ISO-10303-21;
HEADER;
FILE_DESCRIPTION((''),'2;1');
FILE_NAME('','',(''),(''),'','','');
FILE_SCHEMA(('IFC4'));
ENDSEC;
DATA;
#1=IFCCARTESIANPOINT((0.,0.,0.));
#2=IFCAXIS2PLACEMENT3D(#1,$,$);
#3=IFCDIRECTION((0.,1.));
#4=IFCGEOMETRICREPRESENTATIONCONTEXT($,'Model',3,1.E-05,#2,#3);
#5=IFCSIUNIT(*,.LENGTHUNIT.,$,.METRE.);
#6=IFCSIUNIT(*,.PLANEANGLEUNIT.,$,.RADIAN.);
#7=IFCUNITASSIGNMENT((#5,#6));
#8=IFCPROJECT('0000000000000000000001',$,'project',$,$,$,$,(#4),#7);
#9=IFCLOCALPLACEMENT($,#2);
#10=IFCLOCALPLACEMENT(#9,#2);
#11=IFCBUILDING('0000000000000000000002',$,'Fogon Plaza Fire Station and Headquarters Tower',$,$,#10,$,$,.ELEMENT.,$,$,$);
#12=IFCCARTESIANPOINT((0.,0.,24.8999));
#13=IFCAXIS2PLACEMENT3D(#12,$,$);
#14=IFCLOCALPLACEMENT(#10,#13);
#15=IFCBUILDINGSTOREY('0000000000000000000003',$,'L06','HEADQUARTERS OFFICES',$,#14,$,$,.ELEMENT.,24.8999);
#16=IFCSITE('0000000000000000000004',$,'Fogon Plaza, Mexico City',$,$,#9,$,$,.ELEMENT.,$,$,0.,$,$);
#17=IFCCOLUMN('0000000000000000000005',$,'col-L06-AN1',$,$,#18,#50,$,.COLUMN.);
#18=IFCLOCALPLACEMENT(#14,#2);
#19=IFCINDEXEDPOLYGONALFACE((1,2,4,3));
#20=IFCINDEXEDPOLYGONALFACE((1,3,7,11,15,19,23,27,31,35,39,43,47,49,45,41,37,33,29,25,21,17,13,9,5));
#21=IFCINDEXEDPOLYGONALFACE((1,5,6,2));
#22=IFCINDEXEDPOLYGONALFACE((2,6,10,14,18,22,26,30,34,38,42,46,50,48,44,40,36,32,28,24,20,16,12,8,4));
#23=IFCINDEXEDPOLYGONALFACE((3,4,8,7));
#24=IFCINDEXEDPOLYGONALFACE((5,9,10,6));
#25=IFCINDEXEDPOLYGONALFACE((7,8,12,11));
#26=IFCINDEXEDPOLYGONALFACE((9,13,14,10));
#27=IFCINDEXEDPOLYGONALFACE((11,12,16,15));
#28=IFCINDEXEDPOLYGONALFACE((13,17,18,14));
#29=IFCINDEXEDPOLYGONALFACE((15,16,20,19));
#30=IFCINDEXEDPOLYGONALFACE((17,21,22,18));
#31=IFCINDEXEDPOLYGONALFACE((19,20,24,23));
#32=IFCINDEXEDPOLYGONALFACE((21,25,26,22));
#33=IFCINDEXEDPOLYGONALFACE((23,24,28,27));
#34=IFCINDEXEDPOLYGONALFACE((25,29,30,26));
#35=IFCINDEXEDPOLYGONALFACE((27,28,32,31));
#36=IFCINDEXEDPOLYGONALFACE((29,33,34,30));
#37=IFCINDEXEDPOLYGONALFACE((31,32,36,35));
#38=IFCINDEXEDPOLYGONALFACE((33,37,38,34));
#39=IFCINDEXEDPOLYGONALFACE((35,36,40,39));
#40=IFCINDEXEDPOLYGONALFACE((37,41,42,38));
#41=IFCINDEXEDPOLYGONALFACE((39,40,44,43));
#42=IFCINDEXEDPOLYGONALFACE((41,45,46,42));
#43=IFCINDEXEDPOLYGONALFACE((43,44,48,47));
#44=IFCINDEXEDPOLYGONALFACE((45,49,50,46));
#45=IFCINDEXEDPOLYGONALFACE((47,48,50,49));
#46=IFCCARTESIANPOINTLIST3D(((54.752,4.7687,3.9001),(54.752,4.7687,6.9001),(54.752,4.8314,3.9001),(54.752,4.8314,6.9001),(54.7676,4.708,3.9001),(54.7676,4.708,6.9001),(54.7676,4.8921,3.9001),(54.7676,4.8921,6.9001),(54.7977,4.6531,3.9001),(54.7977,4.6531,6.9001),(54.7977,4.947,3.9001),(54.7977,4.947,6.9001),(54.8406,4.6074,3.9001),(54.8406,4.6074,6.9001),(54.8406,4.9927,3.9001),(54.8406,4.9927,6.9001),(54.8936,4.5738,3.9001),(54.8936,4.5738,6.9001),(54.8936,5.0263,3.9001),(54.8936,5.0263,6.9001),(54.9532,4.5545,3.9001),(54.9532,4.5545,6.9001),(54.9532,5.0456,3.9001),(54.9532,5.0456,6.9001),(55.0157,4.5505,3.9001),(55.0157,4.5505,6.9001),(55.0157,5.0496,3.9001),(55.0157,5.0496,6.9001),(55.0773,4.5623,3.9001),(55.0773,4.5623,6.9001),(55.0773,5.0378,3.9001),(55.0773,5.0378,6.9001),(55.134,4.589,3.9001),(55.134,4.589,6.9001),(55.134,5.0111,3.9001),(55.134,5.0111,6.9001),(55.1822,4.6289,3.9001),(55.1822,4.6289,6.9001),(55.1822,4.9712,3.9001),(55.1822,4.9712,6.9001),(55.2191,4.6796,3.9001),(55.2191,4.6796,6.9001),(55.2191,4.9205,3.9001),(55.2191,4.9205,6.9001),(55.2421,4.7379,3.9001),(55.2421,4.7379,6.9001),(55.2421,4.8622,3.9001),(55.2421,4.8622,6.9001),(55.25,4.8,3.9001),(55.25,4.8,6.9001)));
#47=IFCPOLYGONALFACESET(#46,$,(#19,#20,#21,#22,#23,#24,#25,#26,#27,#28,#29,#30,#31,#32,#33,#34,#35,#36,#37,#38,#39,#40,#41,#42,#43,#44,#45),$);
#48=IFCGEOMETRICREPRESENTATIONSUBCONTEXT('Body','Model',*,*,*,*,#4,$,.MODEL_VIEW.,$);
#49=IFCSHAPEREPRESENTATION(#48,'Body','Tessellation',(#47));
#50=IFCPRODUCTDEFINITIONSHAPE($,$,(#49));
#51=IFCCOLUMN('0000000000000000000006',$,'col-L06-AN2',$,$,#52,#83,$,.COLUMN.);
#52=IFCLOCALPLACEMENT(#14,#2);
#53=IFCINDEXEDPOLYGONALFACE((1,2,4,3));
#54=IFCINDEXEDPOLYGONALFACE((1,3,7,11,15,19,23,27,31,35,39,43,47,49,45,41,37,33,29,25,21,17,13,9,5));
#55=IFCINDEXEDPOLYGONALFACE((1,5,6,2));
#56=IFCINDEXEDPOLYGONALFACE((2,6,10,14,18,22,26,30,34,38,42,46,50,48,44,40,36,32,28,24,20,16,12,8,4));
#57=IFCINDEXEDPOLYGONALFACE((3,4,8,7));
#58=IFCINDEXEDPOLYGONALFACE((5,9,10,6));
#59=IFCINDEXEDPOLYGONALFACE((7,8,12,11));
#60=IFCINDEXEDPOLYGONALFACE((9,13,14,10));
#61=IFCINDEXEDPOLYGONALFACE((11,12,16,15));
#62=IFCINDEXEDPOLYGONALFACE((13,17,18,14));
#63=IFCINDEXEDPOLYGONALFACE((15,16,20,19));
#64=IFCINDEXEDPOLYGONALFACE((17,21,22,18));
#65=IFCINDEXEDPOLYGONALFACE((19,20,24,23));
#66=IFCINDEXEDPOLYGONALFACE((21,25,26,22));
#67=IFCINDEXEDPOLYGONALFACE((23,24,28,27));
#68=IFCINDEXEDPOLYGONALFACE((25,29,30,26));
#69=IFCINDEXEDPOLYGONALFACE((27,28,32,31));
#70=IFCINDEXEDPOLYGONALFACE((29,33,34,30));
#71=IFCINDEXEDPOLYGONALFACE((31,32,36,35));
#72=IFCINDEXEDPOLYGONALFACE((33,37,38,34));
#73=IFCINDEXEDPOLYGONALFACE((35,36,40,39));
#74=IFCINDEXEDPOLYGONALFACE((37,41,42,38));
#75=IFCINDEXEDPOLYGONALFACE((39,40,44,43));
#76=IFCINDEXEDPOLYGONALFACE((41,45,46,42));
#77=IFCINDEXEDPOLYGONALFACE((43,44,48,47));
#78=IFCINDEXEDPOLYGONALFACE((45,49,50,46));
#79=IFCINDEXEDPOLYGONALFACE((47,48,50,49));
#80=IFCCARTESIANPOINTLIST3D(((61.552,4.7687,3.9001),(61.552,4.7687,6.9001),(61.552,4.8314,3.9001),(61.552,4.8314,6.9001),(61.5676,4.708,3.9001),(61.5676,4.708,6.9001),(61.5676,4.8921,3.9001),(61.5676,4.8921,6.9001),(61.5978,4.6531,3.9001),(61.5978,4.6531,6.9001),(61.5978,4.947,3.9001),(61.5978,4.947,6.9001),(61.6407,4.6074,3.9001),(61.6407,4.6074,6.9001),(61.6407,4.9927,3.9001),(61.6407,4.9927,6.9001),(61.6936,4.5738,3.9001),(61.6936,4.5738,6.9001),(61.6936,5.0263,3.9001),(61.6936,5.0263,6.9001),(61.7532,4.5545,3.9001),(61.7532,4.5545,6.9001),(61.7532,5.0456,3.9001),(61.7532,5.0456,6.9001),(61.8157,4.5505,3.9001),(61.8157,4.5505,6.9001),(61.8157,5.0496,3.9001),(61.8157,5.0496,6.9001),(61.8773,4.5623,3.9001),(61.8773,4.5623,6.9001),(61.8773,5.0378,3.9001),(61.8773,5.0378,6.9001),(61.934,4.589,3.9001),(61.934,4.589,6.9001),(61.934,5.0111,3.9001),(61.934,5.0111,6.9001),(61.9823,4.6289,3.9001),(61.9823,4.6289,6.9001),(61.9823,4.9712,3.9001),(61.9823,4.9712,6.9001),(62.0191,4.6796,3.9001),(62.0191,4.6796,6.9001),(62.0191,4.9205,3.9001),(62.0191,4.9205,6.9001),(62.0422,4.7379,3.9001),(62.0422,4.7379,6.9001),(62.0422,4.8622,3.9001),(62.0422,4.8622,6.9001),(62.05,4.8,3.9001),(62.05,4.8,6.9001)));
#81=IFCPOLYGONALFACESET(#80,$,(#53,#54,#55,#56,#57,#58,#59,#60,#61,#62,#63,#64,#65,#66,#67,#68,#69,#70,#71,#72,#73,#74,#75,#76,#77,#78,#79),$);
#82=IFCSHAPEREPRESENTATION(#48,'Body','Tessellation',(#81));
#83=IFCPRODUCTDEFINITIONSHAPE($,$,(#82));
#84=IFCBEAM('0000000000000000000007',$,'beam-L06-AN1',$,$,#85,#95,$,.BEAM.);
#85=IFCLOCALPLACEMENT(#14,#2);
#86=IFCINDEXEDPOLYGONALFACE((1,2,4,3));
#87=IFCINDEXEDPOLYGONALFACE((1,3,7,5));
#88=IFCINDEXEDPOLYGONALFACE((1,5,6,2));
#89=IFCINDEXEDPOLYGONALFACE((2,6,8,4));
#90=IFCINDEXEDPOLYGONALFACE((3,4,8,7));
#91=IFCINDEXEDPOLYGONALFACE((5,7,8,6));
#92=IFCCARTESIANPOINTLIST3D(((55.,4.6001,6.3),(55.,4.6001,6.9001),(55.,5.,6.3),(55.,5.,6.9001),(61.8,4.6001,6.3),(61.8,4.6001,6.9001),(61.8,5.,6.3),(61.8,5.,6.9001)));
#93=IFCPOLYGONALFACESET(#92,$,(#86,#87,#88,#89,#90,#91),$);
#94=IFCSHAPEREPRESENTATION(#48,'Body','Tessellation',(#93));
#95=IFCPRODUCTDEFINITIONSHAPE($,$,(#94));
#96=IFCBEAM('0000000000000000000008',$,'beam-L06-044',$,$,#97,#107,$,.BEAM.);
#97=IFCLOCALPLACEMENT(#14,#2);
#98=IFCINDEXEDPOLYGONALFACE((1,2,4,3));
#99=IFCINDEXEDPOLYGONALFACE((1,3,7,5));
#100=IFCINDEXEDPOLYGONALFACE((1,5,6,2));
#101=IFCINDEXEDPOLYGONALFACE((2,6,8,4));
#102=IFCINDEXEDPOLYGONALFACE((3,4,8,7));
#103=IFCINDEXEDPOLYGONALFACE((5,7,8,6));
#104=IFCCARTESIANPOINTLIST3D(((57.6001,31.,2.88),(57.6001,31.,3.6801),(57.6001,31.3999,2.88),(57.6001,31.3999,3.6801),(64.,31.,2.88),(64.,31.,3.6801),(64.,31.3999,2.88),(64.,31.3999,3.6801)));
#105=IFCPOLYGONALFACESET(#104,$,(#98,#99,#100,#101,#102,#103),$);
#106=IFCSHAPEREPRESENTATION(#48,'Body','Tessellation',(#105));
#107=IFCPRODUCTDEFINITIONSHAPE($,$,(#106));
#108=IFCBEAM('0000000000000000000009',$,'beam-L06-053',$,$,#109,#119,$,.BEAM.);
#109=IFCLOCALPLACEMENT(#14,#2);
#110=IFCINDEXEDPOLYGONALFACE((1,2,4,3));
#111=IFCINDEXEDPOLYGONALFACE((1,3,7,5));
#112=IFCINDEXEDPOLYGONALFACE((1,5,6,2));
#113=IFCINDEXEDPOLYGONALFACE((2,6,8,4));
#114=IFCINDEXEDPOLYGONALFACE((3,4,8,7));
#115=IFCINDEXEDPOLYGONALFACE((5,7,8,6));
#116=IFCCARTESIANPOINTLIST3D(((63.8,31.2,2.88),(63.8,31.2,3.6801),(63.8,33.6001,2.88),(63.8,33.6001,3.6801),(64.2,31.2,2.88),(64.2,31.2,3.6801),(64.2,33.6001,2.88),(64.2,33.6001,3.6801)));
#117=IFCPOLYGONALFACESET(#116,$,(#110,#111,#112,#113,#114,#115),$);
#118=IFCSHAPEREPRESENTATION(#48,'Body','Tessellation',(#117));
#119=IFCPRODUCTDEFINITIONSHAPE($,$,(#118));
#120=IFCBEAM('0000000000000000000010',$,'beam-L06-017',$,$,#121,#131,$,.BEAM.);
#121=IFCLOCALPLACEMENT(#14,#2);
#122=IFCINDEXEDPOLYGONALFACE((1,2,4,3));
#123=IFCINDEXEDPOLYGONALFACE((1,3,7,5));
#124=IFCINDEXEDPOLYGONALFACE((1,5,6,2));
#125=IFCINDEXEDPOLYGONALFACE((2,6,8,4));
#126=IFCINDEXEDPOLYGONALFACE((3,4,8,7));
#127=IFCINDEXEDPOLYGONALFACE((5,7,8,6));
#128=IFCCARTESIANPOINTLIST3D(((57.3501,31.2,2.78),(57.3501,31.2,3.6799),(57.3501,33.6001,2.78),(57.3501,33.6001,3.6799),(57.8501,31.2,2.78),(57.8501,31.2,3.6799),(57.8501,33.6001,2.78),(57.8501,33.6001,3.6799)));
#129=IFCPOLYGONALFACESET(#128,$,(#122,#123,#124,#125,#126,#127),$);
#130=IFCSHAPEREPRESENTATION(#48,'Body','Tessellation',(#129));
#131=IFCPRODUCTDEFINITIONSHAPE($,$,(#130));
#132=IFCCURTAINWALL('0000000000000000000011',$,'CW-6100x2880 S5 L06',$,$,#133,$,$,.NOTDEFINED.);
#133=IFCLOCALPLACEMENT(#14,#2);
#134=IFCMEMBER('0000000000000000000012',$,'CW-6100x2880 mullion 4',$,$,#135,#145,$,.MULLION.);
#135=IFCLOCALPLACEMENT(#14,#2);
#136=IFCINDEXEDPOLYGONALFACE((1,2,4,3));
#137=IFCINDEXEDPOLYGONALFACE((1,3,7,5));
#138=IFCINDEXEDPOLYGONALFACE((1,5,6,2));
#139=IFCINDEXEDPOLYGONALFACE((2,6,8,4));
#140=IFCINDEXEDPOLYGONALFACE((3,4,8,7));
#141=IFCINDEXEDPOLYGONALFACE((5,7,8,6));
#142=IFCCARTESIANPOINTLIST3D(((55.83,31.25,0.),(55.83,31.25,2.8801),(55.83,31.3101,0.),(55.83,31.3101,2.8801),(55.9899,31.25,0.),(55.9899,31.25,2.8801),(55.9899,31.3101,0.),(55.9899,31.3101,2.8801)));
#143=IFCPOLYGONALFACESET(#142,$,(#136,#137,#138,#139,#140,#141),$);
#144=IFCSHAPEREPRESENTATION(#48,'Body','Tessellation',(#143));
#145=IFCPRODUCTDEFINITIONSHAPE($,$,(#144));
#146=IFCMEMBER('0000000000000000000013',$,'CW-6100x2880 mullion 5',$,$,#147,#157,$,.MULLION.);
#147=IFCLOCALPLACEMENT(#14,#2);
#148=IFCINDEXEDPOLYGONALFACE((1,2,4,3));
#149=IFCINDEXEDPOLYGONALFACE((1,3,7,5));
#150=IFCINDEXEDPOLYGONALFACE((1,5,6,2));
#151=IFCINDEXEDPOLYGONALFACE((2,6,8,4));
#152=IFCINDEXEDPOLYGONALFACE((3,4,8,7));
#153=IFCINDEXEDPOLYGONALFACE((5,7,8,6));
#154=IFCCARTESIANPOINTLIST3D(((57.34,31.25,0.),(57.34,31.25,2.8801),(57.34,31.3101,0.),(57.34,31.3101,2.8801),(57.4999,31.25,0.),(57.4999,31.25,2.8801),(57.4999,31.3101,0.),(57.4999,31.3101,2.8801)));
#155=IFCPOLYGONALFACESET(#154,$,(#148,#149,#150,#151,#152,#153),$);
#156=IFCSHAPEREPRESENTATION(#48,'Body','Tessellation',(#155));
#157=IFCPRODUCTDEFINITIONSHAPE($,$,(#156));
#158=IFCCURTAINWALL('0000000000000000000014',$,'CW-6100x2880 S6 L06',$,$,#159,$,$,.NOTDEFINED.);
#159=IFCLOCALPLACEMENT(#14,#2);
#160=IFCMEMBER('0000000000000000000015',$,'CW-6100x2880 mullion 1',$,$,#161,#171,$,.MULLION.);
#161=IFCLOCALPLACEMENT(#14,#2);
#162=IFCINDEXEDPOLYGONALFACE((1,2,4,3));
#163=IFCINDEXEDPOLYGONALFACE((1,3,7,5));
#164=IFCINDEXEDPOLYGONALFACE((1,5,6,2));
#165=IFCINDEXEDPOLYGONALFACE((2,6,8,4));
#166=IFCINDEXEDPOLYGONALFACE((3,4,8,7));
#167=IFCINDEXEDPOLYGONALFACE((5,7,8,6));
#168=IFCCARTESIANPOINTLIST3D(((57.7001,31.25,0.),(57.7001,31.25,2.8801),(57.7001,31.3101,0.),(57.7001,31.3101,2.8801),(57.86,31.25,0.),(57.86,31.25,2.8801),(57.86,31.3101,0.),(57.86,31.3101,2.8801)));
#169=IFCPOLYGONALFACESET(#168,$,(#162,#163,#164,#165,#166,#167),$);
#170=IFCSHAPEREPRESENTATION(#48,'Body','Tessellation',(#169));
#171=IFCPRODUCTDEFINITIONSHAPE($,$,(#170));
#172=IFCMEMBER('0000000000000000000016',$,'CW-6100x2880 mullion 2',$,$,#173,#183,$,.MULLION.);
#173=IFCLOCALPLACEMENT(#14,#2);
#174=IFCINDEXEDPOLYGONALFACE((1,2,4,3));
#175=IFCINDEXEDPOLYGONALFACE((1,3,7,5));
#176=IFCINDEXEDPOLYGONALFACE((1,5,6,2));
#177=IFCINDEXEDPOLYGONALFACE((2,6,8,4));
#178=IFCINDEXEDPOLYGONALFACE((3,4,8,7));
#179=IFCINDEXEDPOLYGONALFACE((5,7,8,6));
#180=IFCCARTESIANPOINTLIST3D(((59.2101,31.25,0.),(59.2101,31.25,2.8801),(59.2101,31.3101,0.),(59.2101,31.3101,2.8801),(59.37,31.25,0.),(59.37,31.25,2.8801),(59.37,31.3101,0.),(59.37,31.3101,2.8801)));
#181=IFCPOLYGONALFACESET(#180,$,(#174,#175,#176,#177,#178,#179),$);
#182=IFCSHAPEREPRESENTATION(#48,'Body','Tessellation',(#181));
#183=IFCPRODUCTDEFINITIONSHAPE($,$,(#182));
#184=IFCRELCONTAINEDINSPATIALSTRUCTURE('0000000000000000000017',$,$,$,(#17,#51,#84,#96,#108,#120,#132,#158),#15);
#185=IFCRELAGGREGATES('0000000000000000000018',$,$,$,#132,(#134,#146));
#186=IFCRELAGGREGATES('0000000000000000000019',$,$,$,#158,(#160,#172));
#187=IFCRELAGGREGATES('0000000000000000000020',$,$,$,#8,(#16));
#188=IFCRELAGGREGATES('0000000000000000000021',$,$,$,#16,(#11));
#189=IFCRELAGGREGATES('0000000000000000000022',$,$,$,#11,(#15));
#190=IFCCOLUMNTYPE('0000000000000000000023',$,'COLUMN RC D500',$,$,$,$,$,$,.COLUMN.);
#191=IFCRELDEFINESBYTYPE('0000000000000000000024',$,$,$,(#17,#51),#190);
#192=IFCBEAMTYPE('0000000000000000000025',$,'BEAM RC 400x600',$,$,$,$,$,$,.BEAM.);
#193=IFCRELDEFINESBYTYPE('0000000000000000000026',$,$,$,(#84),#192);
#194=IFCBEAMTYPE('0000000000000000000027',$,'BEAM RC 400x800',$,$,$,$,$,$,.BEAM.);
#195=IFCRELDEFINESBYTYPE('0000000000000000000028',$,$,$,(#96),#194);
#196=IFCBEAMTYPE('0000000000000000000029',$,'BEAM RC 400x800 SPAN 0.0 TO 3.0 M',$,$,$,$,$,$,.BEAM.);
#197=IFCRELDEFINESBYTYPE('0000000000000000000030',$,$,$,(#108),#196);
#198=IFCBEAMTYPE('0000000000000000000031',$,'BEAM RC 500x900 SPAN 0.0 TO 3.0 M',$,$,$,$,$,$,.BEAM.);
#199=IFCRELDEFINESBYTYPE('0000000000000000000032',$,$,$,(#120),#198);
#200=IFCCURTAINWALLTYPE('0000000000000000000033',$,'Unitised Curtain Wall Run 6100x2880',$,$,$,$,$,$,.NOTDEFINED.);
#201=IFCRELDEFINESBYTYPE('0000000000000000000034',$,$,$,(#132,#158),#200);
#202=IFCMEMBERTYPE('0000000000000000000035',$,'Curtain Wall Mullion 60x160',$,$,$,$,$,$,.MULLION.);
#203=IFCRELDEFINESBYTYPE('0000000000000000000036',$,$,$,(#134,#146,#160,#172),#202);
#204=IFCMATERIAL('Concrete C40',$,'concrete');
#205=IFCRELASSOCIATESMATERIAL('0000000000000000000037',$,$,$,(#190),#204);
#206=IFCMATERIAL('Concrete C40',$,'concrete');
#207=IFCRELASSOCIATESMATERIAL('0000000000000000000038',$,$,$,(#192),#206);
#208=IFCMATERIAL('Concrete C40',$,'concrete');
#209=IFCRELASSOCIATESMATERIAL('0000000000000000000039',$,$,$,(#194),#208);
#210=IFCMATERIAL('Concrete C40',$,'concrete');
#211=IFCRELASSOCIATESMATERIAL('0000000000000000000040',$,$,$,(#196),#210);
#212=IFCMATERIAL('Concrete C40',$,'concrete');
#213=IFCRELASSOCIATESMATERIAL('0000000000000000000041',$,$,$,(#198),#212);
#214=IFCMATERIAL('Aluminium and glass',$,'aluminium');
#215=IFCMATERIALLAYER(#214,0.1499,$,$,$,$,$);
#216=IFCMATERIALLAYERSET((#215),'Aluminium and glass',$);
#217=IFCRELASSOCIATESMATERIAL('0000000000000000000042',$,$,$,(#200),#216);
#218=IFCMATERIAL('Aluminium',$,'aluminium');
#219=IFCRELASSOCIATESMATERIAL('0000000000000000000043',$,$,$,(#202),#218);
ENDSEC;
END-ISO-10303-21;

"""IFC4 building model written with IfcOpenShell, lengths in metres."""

from ifc_helpers import new_model, si_unit, direction, frame, origin, origin_2d, place, context, subcontext, project, spatial, rectangle, circle, extrude, material, layer, layer_set, material_profile, profile_set, type_object, element, aggregate, save


model = new_model("IFC4")

# Units and contexts
model_context = context("Model", 3, precision=1e-05, world=origin(), true_north=direction((0.0, 1.0)))
body_context = subcontext(model_context, "Body", "Model", "MODEL_VIEW")
ifc_project = project(units=[si_unit("LENGTHUNIT", "METRE"), si_unit("PLANEANGLEUNIT", "RADIAN")], contexts=[model_context])

# Site, building, storey
site_placement = place(None, origin())
site = spatial("IfcSite", under=ifc_project, at=site_placement, Name="Fogon Plaza, Mexico City", CompositionType="ELEMENT", RefElevation=0.0)
building_placement = place(site_placement, origin())
building = spatial("IfcBuilding", under=site, at=building_placement, Name="Fogon Plaza Fire Station and Headquarters Tower", CompositionType="ELEMENT")
storey_placement = place(building_placement, frame((0.0, 0.0, 24.8999)))
storey = spatial("IfcBuildingStorey", under=building, at=storey_placement, Name="L06", Description="HEADQUARTERS OFFICES", CompositionType="ELEMENT", Elevation=24.8999)

# Columns
ifc_material_1 = material(Name="Concrete C40", Category="concrete")
ifc_material_profile_1 = material_profile(ifc_material_1, circle(Radius=0.25, at=origin_2d()), Name="RC D500")
ifc_profile_set_1 = profile_set([ifc_material_profile_1], Name="Concrete C40")
column_type = type_object("IfcColumnType", Name="COLUMN RC D500", PredefinedType="COLUMN", material=ifc_profile_set_1)
for number, where, z_axis, x_axis, name in (
    (1, (55.0, 4.8, 3.9001), (0.0, 0.0, 1.0), (1.0, 0.0, 0.0), "col-L06-AN1"),
    (2, (61.8, 4.8, 3.9001), (0.0, 0.0, 1.0), (1.0, 0.0, 0.0), "col-L06-AN2"),
):
    element("IfcColumn", number, at=place(storey_placement, frame(where, z_axis=z_axis, x_axis=x_axis)), inside=storey, type_object=column_type, Name=name, PredefinedType="COLUMN", context=body_context, shape_type="SweptSolid", body=[
        extrude(circle(Radius=0.25, at=origin_2d()), origin(), (0.0, 0.0, 1.0), 3.0),
    ])

# Beams
ifc_material_2 = material(Name="Concrete C40", Category="concrete")
ifc_material_profile_2 = material_profile(ifc_material_2, rectangle(XDim=0.3999, YDim=0.6001, at=origin_2d()), Name="RC 400x600")
ifc_profile_set_2 = profile_set([ifc_material_profile_2], Name="Concrete C40")
beam_type_1 = type_object("IfcBeamType", Name="BEAM RC 400x600", PredefinedType="BEAM", material=ifc_profile_set_2)
beam_1_placement = place(storey_placement, frame((55.0, 4.8, 6.6001), z_axis=(1.0, 0.0, 0.0), x_axis=(0.0, 1.0, 0.0)))
element("IfcBeam", 3, at=beam_1_placement, inside=storey, type_object=beam_type_1, Name="beam-L06-AN1", PredefinedType="BEAM", context=body_context, shape_type="SweptSolid", body=[
    extrude(rectangle(XDim=0.3999, YDim=0.6001, at=origin_2d()), origin(), (0.0, 0.0, 1.0), 6.8),
])
ifc_material_3 = material(Name="Concrete C40", Category="concrete")
ifc_material_profile_3 = material_profile(ifc_material_3, rectangle(XDim=0.3999, YDim=0.8, at=origin_2d()), Name="RC 400x800")
ifc_profile_set_3 = profile_set([ifc_material_profile_3], Name="Concrete C40")
beam_type_2 = type_object("IfcBeamType", Name="BEAM RC 400x800", PredefinedType="BEAM", material=ifc_profile_set_3)
beam_2_placement = place(storey_placement, frame((57.6001, 31.2, 3.28), z_axis=(1.0, 0.0, 0.0), x_axis=(0.0, 1.0, 0.0)))
element("IfcBeam", 4, at=beam_2_placement, inside=storey, type_object=beam_type_2, Name="beam-L06-044", PredefinedType="BEAM", context=body_context, shape_type="SweptSolid", body=[
    extrude(rectangle(XDim=0.3999, YDim=0.8, at=origin_2d()), origin(), (0.0, 0.0, 1.0), 6.3999),
])
ifc_material_4 = material(Name="Concrete C40", Category="concrete")
ifc_material_profile_4 = material_profile(ifc_material_4, rectangle(XDim=0.3999, YDim=0.8, at=origin_2d()), Name="RC 400x800")
ifc_profile_set_4 = profile_set([ifc_material_profile_4], Name="Concrete C40")
beam_type_3 = type_object("IfcBeamType", Name="BEAM RC 400x800 SPAN 0.0 TO 3.0 M", PredefinedType="BEAM", material=ifc_profile_set_4)
beam_3_placement = place(storey_placement, frame((64.0, 31.2, 3.28), z_axis=(0.0, 1.0, 0.0), x_axis=(-1.0, 0.0, 0.0)))
element("IfcBeam", 5, at=beam_3_placement, inside=storey, type_object=beam_type_3, Name="beam-L06-053", PredefinedType="BEAM", context=body_context, shape_type="SweptSolid", body=[
    extrude(rectangle(XDim=0.3999, YDim=0.8, at=origin_2d()), origin(), (0.0, 0.0, 1.0), 2.4001),
])
ifc_material_5 = material(Name="Concrete C40", Category="concrete")
ifc_material_profile_5 = material_profile(ifc_material_5, rectangle(XDim=0.5, YDim=0.8999, at=origin_2d()), Name="RC 500x900")
ifc_profile_set_5 = profile_set([ifc_material_profile_5], Name="Concrete C40")
beam_type_4 = type_object("IfcBeamType", Name="BEAM RC 500x900 SPAN 0.0 TO 3.0 M", PredefinedType="BEAM", material=ifc_profile_set_5)
beam_4_placement = place(storey_placement, frame((57.6001, 31.2, 3.23), z_axis=(0.0, 1.0, 0.0), x_axis=(-1.0, 0.0, 0.0)))
element("IfcBeam", 6, at=beam_4_placement, inside=storey, type_object=beam_type_4, Name="beam-L06-017", PredefinedType="BEAM", context=body_context, shape_type="SweptSolid", body=[
    extrude(rectangle(XDim=0.5, YDim=0.8999, at=origin_2d()), origin(), (0.0, 0.0, 1.0), 2.4001),
])

# Curtain walls, members
ifc_material_6 = material(Name="Aluminium and glass", Category="aluminium")
ifc_layer_1 = layer(ifc_material_6, 0.1499)
ifc_layer_set_1 = layer_set([ifc_layer_1], Name="Aluminium and glass")
curtain_wall_type = type_object("IfcCurtainWallType", Name="Unitised Curtain Wall Run 6100x2880", PredefinedType="NOTDEFINED", material=ifc_layer_set_1)
curtain_wall_1_placement = place(storey_placement, origin())
curtain_wall_1 = element("IfcCurtainWall", 7, at=curtain_wall_1_placement, inside=storey, type_object=curtain_wall_type, Name="CW-6100x2880 S5 L06", PredefinedType="NOTDEFINED")
ifc_material_7 = material(Name="Aluminium", Category="aluminium")
ifc_material_profile_6 = material_profile(ifc_material_7, rectangle(XDim=0.0601, YDim=0.1599, at=origin_2d()), Name="Curtain Wall Mullion 60x160")
ifc_profile_set_6 = profile_set([ifc_material_profile_6], Name="Aluminium")
member_type_1 = type_object("IfcMemberType", Name="Curtain Wall Mullion 60x160", PredefinedType="MULLION", material=ifc_profile_set_6)
member_1_placement = place(storey_placement, frame((55.9099, 31.28, 0.0), z_axis=(0.0, 0.0, 1.0), x_axis=(0.0, 1.0, 0.0)))
member_1 = element("IfcMember", 8, at=member_1_placement, type_object=member_type_1, Name="CW-6100x2880 mullion 4", PredefinedType="MULLION", context=body_context, shape_type="SweptSolid", body=[
    extrude(rectangle(XDim=0.0601, YDim=0.1599, at=origin_2d()), origin(), (0.0, 0.0, 1.0), 2.8801),
])
member_2_placement = place(storey_placement, frame((57.4199, 31.28, 0.0), z_axis=(0.0, 0.0, 1.0), x_axis=(0.0, 1.0, 0.0)))
member_2 = element("IfcMember", 9, at=member_2_placement, type_object=member_type_1, Name="CW-6100x2880 mullion 5", PredefinedType="MULLION", context=body_context, shape_type="SweptSolid", body=[
    extrude(rectangle(XDim=0.0601, YDim=0.1599, at=origin_2d()), origin(), (0.0, 0.0, 1.0), 2.8801),
])
curtain_wall_2_placement = place(storey_placement, origin())
curtain_wall_2 = element("IfcCurtainWall", 10, at=curtain_wall_2_placement, inside=storey, type_object=curtain_wall_type, Name="CW-6100x2880 S6 L06", PredefinedType="NOTDEFINED")
member_3_placement = place(storey_placement, frame((57.78, 31.28, 0.0), z_axis=(0.0, 0.0, 1.0), x_axis=(0.0, 1.0, 0.0)))
member_3 = element("IfcMember", 11, at=member_3_placement, type_object=member_type_1, Name="CW-6100x2880 mullion 1", PredefinedType="MULLION", context=body_context, shape_type="SweptSolid", body=[
    extrude(rectangle(XDim=0.0601, YDim=0.1599, at=origin_2d()), origin(), (0.0, 0.0, 1.0), 2.8801),
])
member_4_placement = place(storey_placement, frame((59.29, 31.28, 0.0), z_axis=(0.0, 0.0, 1.0), x_axis=(0.0, 1.0, 0.0)))
member_4 = element("IfcMember", 12, at=member_4_placement, type_object=member_type_1, Name="CW-6100x2880 mullion 2", PredefinedType="MULLION", context=body_context, shape_type="SweptSolid", body=[
    extrude(rectangle(XDim=0.0601, YDim=0.1599, at=origin_2d()), origin(), (0.0, 0.0, 1.0), 2.8801),
])

aggregate(curtain_wall_1, [member_1, member_2])
aggregate(curtain_wall_2, [member_3, member_4])

save(model, "model.ifc")
